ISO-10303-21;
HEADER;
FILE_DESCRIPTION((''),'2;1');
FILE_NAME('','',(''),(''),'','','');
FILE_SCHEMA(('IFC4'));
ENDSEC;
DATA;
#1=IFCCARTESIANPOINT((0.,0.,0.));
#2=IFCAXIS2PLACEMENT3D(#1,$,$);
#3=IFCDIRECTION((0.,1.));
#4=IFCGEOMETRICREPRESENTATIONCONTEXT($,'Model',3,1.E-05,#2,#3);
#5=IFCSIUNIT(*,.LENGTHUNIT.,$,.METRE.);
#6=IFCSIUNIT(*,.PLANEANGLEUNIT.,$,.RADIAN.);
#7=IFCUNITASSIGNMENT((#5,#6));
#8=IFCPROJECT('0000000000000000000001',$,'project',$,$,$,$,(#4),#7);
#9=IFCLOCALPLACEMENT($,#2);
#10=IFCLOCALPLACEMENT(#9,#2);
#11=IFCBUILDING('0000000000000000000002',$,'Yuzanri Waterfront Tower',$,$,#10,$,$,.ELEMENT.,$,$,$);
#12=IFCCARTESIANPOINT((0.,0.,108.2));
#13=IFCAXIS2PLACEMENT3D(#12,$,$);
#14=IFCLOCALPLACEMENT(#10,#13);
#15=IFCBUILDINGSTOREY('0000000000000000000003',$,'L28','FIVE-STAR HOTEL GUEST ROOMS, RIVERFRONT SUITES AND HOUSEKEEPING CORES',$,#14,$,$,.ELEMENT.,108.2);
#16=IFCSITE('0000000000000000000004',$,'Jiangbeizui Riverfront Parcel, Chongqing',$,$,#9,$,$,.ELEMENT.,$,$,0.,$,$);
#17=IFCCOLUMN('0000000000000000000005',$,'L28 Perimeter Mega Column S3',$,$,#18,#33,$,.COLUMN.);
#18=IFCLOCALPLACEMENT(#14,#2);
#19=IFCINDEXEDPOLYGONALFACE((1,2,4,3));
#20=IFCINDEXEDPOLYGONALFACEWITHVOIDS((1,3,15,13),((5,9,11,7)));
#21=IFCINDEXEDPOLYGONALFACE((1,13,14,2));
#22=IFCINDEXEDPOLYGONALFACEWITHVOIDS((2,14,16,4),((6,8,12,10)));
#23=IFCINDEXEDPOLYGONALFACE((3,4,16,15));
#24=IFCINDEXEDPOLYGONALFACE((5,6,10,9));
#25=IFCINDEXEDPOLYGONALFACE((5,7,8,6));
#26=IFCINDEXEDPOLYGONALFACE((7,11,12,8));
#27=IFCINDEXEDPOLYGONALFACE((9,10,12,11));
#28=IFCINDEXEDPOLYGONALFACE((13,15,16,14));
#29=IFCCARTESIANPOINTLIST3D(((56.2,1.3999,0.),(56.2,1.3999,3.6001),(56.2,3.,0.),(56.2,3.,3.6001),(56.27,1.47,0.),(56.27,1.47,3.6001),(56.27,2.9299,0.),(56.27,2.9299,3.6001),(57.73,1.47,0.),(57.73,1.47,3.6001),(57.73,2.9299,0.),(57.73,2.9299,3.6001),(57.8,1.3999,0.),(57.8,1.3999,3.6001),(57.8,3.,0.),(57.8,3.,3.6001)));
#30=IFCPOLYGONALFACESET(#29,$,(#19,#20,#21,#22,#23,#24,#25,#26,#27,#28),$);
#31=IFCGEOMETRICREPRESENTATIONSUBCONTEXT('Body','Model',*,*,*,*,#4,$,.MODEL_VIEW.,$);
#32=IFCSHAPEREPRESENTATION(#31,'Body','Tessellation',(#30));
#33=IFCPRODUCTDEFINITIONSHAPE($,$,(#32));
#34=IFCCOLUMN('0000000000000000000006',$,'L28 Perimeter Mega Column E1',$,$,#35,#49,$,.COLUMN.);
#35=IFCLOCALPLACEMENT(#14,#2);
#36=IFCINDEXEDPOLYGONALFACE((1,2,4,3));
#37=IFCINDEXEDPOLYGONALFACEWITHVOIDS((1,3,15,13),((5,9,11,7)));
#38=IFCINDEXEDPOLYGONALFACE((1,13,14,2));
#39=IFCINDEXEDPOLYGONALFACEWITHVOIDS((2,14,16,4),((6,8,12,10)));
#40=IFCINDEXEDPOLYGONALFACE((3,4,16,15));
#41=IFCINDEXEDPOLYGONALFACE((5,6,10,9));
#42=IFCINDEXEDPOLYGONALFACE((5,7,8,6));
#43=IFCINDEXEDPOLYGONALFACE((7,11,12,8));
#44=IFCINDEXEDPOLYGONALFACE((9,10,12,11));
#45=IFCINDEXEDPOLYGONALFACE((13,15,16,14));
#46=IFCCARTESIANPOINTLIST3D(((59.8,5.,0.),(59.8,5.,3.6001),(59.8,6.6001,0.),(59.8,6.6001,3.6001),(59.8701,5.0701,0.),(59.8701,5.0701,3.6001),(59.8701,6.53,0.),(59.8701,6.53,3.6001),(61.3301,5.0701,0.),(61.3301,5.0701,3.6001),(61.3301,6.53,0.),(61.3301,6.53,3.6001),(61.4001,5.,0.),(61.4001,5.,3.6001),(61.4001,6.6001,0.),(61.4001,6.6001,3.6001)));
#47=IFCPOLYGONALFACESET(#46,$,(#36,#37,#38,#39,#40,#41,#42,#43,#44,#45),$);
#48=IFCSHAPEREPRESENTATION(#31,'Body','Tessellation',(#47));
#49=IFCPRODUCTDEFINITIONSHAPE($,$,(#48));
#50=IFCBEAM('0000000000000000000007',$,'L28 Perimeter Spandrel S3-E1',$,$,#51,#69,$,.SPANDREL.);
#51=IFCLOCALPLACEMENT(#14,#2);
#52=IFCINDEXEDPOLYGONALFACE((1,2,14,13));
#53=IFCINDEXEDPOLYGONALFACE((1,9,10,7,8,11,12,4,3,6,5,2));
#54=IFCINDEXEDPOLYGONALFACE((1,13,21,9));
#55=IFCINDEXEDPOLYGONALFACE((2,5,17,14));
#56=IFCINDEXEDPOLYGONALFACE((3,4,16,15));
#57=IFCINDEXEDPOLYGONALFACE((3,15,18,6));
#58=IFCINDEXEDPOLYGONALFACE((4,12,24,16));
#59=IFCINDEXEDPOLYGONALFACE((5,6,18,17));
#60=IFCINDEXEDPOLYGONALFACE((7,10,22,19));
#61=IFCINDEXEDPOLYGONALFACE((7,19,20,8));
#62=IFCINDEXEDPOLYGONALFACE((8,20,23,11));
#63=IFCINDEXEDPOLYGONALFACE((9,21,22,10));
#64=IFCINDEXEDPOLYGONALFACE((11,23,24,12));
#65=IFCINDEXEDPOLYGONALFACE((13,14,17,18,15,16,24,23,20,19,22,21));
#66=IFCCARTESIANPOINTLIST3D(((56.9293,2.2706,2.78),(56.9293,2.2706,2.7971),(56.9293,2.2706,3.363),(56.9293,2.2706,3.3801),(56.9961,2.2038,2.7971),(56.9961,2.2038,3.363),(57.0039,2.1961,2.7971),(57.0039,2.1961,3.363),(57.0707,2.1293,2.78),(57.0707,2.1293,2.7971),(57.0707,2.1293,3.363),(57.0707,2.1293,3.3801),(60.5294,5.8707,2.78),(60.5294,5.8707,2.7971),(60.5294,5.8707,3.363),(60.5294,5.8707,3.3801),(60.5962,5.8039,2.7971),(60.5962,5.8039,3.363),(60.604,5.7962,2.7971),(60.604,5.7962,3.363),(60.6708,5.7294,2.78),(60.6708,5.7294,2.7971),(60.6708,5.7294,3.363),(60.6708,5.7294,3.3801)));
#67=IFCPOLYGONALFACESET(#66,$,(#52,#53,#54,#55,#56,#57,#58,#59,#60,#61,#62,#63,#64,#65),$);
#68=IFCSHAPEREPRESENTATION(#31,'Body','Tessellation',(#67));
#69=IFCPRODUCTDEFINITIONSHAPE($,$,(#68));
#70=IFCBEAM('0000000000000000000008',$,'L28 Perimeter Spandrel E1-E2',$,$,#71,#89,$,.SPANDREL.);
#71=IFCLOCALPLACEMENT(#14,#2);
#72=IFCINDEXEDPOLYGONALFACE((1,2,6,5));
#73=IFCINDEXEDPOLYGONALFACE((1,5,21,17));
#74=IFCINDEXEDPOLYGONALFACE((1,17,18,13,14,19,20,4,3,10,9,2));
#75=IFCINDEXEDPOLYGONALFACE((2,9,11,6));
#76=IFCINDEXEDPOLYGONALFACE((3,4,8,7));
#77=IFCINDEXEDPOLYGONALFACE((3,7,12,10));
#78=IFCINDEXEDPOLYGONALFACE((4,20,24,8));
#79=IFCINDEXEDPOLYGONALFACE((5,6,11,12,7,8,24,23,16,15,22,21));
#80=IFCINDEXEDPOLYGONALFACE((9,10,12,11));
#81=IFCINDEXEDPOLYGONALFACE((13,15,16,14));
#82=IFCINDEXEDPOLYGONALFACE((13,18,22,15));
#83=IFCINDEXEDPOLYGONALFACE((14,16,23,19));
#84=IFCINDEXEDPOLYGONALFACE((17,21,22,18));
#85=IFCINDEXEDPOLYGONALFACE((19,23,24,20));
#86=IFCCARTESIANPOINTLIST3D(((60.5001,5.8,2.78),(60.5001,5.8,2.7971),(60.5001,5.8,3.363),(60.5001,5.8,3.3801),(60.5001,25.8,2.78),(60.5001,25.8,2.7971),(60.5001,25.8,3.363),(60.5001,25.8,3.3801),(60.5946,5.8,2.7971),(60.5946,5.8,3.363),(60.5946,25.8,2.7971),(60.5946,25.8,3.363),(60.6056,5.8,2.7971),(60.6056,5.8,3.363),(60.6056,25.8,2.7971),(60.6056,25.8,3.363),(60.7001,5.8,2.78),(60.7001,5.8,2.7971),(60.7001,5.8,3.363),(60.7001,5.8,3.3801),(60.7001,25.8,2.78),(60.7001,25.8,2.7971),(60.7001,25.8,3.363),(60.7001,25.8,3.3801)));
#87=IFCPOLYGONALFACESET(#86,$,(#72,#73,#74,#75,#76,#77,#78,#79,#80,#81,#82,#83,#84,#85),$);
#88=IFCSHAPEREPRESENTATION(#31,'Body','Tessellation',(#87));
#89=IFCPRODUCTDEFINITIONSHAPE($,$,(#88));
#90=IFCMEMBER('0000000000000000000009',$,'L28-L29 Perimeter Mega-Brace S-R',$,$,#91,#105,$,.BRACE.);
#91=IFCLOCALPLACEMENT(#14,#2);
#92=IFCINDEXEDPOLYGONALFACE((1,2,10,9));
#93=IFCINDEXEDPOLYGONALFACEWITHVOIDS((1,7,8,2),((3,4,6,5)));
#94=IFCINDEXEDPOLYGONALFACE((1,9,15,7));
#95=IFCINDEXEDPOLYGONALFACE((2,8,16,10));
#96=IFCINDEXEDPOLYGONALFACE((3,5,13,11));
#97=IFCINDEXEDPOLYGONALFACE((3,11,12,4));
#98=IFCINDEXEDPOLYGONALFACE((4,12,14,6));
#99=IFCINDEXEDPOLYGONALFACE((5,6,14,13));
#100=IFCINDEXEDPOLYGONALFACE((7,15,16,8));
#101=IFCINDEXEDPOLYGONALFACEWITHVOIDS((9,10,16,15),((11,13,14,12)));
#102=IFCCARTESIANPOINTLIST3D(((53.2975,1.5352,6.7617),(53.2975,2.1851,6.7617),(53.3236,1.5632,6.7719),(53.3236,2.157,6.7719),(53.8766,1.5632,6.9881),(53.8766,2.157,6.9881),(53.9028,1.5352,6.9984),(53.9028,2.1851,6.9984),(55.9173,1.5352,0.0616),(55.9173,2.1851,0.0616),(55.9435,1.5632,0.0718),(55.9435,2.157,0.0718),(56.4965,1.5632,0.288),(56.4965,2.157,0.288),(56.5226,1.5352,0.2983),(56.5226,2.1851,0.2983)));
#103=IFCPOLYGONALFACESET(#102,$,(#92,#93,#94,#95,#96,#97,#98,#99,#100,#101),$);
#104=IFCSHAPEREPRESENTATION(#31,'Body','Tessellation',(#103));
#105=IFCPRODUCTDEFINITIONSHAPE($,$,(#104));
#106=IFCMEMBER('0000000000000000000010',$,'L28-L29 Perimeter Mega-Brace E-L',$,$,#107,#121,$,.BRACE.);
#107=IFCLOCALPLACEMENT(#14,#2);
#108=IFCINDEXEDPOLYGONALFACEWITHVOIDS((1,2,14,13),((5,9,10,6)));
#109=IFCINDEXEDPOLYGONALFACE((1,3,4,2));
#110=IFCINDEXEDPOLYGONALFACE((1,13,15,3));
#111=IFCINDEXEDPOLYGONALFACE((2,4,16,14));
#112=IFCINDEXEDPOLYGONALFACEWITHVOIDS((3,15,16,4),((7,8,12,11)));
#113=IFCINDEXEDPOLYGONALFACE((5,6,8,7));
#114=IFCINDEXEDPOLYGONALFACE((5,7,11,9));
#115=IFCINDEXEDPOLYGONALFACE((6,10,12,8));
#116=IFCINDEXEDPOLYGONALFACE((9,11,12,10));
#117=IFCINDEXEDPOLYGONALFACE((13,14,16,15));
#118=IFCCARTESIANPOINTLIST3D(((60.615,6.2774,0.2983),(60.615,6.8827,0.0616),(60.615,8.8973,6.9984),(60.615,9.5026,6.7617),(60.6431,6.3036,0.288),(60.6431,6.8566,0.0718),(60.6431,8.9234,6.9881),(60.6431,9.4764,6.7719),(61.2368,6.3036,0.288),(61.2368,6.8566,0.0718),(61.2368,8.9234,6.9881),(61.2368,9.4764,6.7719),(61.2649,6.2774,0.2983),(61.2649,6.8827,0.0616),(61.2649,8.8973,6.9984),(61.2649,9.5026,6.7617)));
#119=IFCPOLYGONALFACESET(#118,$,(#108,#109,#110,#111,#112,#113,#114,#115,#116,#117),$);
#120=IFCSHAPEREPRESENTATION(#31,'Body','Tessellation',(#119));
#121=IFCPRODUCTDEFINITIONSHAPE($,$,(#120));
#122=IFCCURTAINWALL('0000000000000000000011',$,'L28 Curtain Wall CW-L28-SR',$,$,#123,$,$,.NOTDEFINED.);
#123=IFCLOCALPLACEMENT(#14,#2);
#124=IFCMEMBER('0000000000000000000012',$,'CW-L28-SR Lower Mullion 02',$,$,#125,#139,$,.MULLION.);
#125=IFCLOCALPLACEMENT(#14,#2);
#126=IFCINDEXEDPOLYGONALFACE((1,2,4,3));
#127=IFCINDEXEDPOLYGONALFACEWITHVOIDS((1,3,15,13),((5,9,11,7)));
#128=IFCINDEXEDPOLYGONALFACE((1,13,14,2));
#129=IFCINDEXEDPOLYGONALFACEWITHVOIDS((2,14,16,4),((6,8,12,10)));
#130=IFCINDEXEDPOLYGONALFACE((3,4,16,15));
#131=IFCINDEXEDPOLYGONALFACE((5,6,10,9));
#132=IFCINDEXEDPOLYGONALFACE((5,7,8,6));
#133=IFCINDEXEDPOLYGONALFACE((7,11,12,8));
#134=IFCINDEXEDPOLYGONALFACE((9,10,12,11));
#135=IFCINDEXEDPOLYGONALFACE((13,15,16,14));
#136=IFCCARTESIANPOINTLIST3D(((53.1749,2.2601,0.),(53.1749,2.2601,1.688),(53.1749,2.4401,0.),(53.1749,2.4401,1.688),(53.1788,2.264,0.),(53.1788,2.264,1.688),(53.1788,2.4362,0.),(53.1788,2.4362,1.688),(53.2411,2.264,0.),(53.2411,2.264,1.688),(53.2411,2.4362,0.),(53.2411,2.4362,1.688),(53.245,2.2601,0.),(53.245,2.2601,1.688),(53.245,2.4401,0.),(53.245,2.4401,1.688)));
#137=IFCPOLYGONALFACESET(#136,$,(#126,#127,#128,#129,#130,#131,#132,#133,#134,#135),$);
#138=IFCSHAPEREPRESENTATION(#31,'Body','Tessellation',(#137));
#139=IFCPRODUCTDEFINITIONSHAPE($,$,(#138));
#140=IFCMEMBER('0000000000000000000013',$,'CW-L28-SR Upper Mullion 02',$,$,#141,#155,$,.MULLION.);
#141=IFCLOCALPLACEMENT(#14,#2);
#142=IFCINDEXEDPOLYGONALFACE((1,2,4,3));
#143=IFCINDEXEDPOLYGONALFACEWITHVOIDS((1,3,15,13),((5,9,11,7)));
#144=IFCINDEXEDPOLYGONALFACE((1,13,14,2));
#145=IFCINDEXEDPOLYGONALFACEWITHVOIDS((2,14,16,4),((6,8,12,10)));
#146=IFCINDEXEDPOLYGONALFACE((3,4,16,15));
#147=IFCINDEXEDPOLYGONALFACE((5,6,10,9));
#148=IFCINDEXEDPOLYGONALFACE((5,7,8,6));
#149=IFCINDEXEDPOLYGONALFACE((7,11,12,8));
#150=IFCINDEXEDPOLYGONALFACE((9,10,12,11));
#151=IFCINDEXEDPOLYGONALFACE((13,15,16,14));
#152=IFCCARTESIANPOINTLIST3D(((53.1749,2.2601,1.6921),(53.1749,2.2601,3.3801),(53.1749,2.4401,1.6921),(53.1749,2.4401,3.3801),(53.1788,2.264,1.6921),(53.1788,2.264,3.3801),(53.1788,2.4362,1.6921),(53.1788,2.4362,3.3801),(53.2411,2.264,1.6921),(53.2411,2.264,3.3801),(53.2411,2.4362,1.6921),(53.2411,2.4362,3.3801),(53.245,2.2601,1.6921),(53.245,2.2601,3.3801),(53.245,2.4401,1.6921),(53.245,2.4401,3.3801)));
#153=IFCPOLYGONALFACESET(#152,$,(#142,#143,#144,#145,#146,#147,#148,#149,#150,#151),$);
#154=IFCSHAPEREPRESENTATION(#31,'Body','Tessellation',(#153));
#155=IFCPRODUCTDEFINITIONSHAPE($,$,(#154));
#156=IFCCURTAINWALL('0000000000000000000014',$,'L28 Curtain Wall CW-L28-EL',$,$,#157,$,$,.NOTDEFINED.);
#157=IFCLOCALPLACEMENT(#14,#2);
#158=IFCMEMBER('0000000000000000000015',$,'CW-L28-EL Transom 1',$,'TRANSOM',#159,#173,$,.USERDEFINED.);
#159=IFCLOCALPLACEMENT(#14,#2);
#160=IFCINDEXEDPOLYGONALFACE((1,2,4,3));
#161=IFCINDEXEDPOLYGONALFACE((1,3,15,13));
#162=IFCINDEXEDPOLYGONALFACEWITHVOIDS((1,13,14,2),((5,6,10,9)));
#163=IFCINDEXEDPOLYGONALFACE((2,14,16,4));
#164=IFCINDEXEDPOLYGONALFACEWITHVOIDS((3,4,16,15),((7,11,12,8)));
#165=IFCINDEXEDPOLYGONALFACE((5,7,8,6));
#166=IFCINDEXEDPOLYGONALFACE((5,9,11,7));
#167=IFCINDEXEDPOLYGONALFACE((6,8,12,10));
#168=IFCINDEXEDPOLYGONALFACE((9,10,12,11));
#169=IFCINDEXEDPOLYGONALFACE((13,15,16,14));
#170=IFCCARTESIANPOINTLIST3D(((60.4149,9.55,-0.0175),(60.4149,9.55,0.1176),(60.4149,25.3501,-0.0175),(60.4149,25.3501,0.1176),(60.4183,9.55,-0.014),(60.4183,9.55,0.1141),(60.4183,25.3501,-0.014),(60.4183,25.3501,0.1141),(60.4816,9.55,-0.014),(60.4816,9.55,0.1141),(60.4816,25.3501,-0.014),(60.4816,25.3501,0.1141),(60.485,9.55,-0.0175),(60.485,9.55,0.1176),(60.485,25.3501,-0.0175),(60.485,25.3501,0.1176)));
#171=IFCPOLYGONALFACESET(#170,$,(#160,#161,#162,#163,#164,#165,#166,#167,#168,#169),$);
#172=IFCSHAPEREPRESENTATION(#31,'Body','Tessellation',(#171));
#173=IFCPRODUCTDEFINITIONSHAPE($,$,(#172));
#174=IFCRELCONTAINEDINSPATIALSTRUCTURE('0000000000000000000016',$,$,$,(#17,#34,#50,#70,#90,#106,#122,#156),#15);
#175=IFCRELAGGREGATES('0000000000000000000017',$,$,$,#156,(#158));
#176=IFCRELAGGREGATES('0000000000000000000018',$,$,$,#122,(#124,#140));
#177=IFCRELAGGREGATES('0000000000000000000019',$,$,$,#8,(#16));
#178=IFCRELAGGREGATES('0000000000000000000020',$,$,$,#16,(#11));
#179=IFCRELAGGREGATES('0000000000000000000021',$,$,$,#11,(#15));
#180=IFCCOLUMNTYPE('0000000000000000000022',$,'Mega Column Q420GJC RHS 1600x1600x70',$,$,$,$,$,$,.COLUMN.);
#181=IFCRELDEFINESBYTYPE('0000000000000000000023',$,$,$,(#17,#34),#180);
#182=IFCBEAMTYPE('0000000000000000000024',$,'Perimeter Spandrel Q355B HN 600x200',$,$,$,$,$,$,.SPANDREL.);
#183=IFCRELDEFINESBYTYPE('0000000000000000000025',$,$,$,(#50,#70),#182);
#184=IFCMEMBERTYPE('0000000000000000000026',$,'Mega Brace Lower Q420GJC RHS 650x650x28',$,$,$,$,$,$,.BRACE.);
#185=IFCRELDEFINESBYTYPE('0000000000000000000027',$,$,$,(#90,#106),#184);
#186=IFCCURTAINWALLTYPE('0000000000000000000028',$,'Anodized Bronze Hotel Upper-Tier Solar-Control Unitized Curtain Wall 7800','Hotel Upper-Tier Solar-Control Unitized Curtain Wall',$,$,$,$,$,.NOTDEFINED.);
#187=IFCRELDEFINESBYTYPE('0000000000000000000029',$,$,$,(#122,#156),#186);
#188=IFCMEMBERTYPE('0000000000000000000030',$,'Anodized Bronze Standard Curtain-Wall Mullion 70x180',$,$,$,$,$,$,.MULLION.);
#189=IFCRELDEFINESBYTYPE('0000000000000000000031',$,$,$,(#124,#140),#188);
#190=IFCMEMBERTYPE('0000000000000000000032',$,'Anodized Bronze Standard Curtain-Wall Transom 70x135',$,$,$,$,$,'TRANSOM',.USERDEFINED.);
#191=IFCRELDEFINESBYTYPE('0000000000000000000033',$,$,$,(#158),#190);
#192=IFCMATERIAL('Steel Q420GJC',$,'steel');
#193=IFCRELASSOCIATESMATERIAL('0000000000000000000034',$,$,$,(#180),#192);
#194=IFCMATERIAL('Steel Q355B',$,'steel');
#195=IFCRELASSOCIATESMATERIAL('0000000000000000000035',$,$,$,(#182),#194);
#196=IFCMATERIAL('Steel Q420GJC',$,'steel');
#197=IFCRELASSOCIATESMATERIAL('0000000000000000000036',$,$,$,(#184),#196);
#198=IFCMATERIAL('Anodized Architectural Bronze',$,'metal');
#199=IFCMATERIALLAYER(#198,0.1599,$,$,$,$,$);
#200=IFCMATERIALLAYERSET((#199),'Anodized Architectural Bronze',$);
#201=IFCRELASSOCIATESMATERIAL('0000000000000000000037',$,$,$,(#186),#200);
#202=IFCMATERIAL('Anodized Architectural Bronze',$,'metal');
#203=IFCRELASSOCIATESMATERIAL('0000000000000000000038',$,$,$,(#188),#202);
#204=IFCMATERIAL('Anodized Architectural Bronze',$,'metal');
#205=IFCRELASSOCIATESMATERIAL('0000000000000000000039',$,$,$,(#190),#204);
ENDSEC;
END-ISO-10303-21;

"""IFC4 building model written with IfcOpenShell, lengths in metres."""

from ifc_helpers import new_model, si_unit, direction, frame, origin, origin_2d, place, context, subcontext, project, spatial, hollow_rectangle, i_section, extrude, source, transform, mapped, material, layer, layer_set, material_profile, profile_set, type_object, element, aggregate, save


model = new_model("IFC4")

# Units and contexts
model_context = context("Model", 3, precision=1e-05, world=origin(), true_north=direction((0.0, 1.0)))
body_context = subcontext(model_context, "Body", "Model", "MODEL_VIEW")
ifc_project = project(units=[si_unit("LENGTHUNIT", "METRE"), si_unit("PLANEANGLEUNIT", "RADIAN")], contexts=[model_context])

# Site, building, storey
site_placement = place(None, origin())
site = spatial("IfcSite", under=ifc_project, at=site_placement, Name="Jiangbeizui Riverfront Parcel, Chongqing", CompositionType="ELEMENT", RefElevation=0.0)
building_placement = place(site_placement, origin())
building = spatial("IfcBuilding", under=site, at=building_placement, Name="Yuzanri Waterfront Tower", CompositionType="ELEMENT")
storey_placement = place(building_placement, frame((0.0, 0.0, 108.2)))
storey = spatial("IfcBuildingStorey", under=building, at=storey_placement, Name="L28", Description="FIVE-STAR HOTEL GUEST ROOMS, RIVERFRONT SUITES AND HOUSEKEEPING CORES", CompositionType="ELEMENT", Elevation=108.2)

# Columns
ifc_material_1 = material(Name="Steel Q420GJC", Category="steel")
ifc_material_profile_1 = material_profile(ifc_material_1, hollow_rectangle(XDim=1.6001, YDim=1.6001, WallThickness=0.0701, at=origin_2d()), Name="RHS 1600x1600x70")
ifc_profile_set_1 = profile_set([ifc_material_profile_1], Name="Steel Q420GJC")
column_type = type_object("IfcColumnType", Name="Mega Column Q420GJC RHS 1600x1600x70", PredefinedType="COLUMN", material=ifc_profile_set_1)
shared_shape_1 = source(origin(), body_context, "Body", "SweptSolid", [
    extrude(hollow_rectangle(XDim=1.6001, YDim=1.6001, WallThickness=0.0701, at=origin_2d()), origin(), (0.0, 0.0, 1.0), 3.6001),
])
for number, where, z_axis, x_axis, name in (
    (1, (57.0, 2.2, 0.0), (0.0, 0.0, 1.0), (1.0, 0.0, 0.0), "L28 Perimeter Mega Column S3"),
    (2, (60.6001, 5.8, 0.0), (0.0, 0.0, 1.0), (1.0, 0.0, 0.0), "L28 Perimeter Mega Column E1"),
):
    element("IfcColumn", number, at=place(storey_placement, frame(where, z_axis=z_axis, x_axis=x_axis)), inside=storey, type_object=column_type, Name=name, PredefinedType="COLUMN", context=body_context, shape_type="MappedRepresentation", body=[
        mapped(shared_shape_1, transform((0.0, 0.0, 0.0), scale=1.0)),
    ])

# Beams
ifc_material_2 = material(Name="Steel Q355B", Category="steel")
ifc_material_profile_2 = material_profile(ifc_material_2, i_section(OverallWidth=0.2, OverallDepth=0.6001, WebThickness=0.011, FlangeThickness=0.0171, at=origin_2d()), Name="HN 600x200x11x17")
ifc_profile_set_2 = profile_set([ifc_material_profile_2], Name="Steel Q355B")
beam_type = type_object("IfcBeamType", Name="Perimeter Spandrel Q355B HN 600x200", PredefinedType="SPANDREL", material=ifc_profile_set_2)
shared_shape_2 = source(origin(), body_context, "Body", "SweptSolid", [
    extrude(i_section(OverallWidth=0.2, OverallDepth=0.6001, WebThickness=0.011, FlangeThickness=0.0171, at=origin_2d()), origin(), (0.0, 0.0, 1.0), 5.0913),
])
beam_1_placement = place(storey_placement, frame((57.0, 2.2, 3.0801), z_axis=(0.707107, 0.707107, 0.0), x_axis=(-0.707107, 0.707107, 0.0)))
element("IfcBeam", 3, at=beam_1_placement, inside=storey, type_object=beam_type, Name="L28 Perimeter Spandrel S3-E1", PredefinedType="SPANDREL", context=body_context, shape_type="MappedRepresentation", body=[
    mapped(shared_shape_2, transform((0.0, 0.0, 0.0), scale=1.0)),
])
shared_shape_3 = source(origin(), body_context, "Body", "SweptSolid", [
    extrude(i_section(OverallWidth=0.2, OverallDepth=0.6001, WebThickness=0.011, FlangeThickness=0.0171, at=origin_2d()), origin(), (0.0, 0.0, 1.0), 20.0),
])
beam_2_placement = place(storey_placement, frame((60.6001, 5.8, 3.0801), z_axis=(0.0, 1.0, 0.0), x_axis=(-1.0, 0.0, 0.0)))
element("IfcBeam", 4, at=beam_2_placement, inside=storey, type_object=beam_type, Name="L28 Perimeter Spandrel E1-E2", PredefinedType="SPANDREL", context=body_context, shape_type="MappedRepresentation", body=[
    mapped(shared_shape_3, transform((0.0, 0.0, 0.0), scale=1.0)),
])

# Members
ifc_material_3 = material(Name="Steel Q420GJC", Category="steel")
ifc_material_profile_3 = material_profile(ifc_material_3, hollow_rectangle(XDim=0.6499, YDim=0.6499, WallThickness=0.0281, at=origin_2d()), Name="RHS 650x650x28")
ifc_profile_set_3 = profile_set([ifc_material_profile_3], Name="Steel Q420GJC")
member_type_1 = type_object("IfcMemberType", Name="Mega Brace Lower Q420GJC RHS 650x650x28", PredefinedType="BRACE", material=ifc_profile_set_3)
shared_shape_4 = source(origin(), body_context, "Body", "SweptSolid", [
    extrude(hollow_rectangle(XDim=0.6499, YDim=0.6499, WallThickness=0.0281, at=origin_2d()), origin(), (0.0, 0.0, 1.0), 7.1941),
])
for number, where, z_axis, x_axis, name in (
    (5, (56.22, 1.8601, 0.1799), (-0.364165, 0.0, 0.931334), (0.0, -1.0, 0.0), "L28-L29 Perimeter Mega-Brace S-R"),
    (6, (60.9399, 6.5801, 0.1799), (0.0, 0.364165, 0.931334), (-1.0, 0.0, 0.0), "L28-L29 Perimeter Mega-Brace E-L"),
):
    element("IfcMember", number, at=place(storey_placement, frame(where, z_axis=z_axis, x_axis=x_axis)), inside=storey, type_object=member_type_1, Name=name, PredefinedType="BRACE", context=body_context, shape_type="MappedRepresentation", body=[
        mapped(shared_shape_4, transform((0.0, 0.0, 0.0), scale=1.0)),
    ])

# Curtain walls, members
ifc_material_4 = material(Name="Anodized Architectural Bronze", Category="metal")
ifc_layer_1 = layer(ifc_material_4, 0.1599)
ifc_layer_set_1 = layer_set([ifc_layer_1], Name="Anodized Architectural Bronze")
curtain_wall_type = type_object("IfcCurtainWallType", Name="Anodized Bronze Hotel Upper-Tier Solar-Control Unitized Curtain Wall 7800", Description="Hotel Upper-Tier Solar-Control Unitized Curtain Wall", PredefinedType="NOTDEFINED", material=ifc_layer_set_1)
curtain_wall_1_placement = place(storey_placement, origin())
curtain_wall_1 = element("IfcCurtainWall", 7, at=curtain_wall_1_placement, inside=storey, type_object=curtain_wall_type, Name="L28 Curtain Wall CW-L28-SR", PredefinedType="NOTDEFINED")
ifc_material_5 = material(Name="Anodized Architectural Bronze", Category="metal")
ifc_material_profile_4 = material_profile(ifc_material_5, hollow_rectangle(XDim=0.0701, YDim=0.1799, WallThickness=0.0039, at=origin_2d()), Name="CWM 70x180")
ifc_profile_set_4 = profile_set([ifc_material_profile_4], Name="Anodized Architectural Bronze")
member_type_2 = type_object("IfcMemberType", Name="Anodized Bronze Standard Curtain-Wall Mullion 70x180", PredefinedType="MULLION", material=ifc_profile_set_4)
shared_shape_5 = source(origin(), body_context, "Body", "SweptSolid", [
    extrude(hollow_rectangle(XDim=0.0701, YDim=0.1799, WallThickness=0.0039, at=origin_2d()), origin(), (0.0, 0.0, 1.0), 1.688),
])
member_1_placement = place(storey_placement, frame((53.21, 2.3501, 0.0), z_axis=(0.0, 0.0, 1.0), x_axis=(1.0, 0.0, 0.0)))
member_1 = element("IfcMember", 8, at=member_1_placement, type_object=member_type_2, Name="CW-L28-SR Lower Mullion 02", PredefinedType="MULLION", context=body_context, shape_type="MappedRepresentation", body=[
    mapped(shared_shape_5, transform((0.0, 0.0, 0.0), scale=1.0)),
])
member_2_placement = place(storey_placement, frame((53.21, 2.3501, 1.6921), z_axis=(0.0, 0.0, 1.0), x_axis=(1.0, 0.0, 0.0)))
member_2 = element("IfcMember", 9, at=member_2_placement, type_object=member_type_2, Name="CW-L28-SR Upper Mullion 02", PredefinedType="MULLION", context=body_context, shape_type="MappedRepresentation", body=[
    mapped(shared_shape_5, transform((0.0, 0.0, 0.0), scale=1.0)),
])
curtain_wall_2_placement = place(storey_placement, origin())
curtain_wall_2 = element("IfcCurtainWall", 10, at=curtain_wall_2_placement, inside=storey, type_object=curtain_wall_type, Name="L28 Curtain Wall CW-L28-EL", PredefinedType="NOTDEFINED")
ifc_material_6 = material(Name="Anodized Architectural Bronze", Category="metal")
ifc_material_profile_5 = material_profile(ifc_material_6, hollow_rectangle(XDim=0.0701, YDim=0.135, WallThickness=0.0034, at=origin_2d()), Name="CWT 70x135")
ifc_profile_set_5 = profile_set([ifc_material_profile_5], Name="Anodized Architectural Bronze")
member_type_3 = type_object("IfcMemberType", Name="Anodized Bronze Standard Curtain-Wall Transom 70x135", ElementType="TRANSOM", PredefinedType="USERDEFINED", material=ifc_profile_set_5)
shared_shape_6 = source(origin(), body_context, "Body", "SweptSolid", [
    extrude(hollow_rectangle(XDim=0.0701, YDim=0.135, WallThickness=0.0034, at=origin_2d()), origin(), (0.0, 0.0, 1.0), 15.8),
])
member_3_placement = place(storey_placement, frame((60.45, 9.55, 0.05), z_axis=(0.0, 1.0, 0.0), x_axis=(-1.0, 0.0, 0.0)))
member_3 = element("IfcMember", 11, at=member_3_placement, type_object=member_type_3, Name="CW-L28-EL Transom 1", ObjectType="TRANSOM", PredefinedType="USERDEFINED", context=body_context, shape_type="MappedRepresentation", body=[
    mapped(shared_shape_6, transform((0.0, 0.0, 0.0), scale=1.0)),
])
aggregate(curtain_wall_2, [member_3])

aggregate(curtain_wall_1, [member_1, member_2])

save(model, "model.ifc")
